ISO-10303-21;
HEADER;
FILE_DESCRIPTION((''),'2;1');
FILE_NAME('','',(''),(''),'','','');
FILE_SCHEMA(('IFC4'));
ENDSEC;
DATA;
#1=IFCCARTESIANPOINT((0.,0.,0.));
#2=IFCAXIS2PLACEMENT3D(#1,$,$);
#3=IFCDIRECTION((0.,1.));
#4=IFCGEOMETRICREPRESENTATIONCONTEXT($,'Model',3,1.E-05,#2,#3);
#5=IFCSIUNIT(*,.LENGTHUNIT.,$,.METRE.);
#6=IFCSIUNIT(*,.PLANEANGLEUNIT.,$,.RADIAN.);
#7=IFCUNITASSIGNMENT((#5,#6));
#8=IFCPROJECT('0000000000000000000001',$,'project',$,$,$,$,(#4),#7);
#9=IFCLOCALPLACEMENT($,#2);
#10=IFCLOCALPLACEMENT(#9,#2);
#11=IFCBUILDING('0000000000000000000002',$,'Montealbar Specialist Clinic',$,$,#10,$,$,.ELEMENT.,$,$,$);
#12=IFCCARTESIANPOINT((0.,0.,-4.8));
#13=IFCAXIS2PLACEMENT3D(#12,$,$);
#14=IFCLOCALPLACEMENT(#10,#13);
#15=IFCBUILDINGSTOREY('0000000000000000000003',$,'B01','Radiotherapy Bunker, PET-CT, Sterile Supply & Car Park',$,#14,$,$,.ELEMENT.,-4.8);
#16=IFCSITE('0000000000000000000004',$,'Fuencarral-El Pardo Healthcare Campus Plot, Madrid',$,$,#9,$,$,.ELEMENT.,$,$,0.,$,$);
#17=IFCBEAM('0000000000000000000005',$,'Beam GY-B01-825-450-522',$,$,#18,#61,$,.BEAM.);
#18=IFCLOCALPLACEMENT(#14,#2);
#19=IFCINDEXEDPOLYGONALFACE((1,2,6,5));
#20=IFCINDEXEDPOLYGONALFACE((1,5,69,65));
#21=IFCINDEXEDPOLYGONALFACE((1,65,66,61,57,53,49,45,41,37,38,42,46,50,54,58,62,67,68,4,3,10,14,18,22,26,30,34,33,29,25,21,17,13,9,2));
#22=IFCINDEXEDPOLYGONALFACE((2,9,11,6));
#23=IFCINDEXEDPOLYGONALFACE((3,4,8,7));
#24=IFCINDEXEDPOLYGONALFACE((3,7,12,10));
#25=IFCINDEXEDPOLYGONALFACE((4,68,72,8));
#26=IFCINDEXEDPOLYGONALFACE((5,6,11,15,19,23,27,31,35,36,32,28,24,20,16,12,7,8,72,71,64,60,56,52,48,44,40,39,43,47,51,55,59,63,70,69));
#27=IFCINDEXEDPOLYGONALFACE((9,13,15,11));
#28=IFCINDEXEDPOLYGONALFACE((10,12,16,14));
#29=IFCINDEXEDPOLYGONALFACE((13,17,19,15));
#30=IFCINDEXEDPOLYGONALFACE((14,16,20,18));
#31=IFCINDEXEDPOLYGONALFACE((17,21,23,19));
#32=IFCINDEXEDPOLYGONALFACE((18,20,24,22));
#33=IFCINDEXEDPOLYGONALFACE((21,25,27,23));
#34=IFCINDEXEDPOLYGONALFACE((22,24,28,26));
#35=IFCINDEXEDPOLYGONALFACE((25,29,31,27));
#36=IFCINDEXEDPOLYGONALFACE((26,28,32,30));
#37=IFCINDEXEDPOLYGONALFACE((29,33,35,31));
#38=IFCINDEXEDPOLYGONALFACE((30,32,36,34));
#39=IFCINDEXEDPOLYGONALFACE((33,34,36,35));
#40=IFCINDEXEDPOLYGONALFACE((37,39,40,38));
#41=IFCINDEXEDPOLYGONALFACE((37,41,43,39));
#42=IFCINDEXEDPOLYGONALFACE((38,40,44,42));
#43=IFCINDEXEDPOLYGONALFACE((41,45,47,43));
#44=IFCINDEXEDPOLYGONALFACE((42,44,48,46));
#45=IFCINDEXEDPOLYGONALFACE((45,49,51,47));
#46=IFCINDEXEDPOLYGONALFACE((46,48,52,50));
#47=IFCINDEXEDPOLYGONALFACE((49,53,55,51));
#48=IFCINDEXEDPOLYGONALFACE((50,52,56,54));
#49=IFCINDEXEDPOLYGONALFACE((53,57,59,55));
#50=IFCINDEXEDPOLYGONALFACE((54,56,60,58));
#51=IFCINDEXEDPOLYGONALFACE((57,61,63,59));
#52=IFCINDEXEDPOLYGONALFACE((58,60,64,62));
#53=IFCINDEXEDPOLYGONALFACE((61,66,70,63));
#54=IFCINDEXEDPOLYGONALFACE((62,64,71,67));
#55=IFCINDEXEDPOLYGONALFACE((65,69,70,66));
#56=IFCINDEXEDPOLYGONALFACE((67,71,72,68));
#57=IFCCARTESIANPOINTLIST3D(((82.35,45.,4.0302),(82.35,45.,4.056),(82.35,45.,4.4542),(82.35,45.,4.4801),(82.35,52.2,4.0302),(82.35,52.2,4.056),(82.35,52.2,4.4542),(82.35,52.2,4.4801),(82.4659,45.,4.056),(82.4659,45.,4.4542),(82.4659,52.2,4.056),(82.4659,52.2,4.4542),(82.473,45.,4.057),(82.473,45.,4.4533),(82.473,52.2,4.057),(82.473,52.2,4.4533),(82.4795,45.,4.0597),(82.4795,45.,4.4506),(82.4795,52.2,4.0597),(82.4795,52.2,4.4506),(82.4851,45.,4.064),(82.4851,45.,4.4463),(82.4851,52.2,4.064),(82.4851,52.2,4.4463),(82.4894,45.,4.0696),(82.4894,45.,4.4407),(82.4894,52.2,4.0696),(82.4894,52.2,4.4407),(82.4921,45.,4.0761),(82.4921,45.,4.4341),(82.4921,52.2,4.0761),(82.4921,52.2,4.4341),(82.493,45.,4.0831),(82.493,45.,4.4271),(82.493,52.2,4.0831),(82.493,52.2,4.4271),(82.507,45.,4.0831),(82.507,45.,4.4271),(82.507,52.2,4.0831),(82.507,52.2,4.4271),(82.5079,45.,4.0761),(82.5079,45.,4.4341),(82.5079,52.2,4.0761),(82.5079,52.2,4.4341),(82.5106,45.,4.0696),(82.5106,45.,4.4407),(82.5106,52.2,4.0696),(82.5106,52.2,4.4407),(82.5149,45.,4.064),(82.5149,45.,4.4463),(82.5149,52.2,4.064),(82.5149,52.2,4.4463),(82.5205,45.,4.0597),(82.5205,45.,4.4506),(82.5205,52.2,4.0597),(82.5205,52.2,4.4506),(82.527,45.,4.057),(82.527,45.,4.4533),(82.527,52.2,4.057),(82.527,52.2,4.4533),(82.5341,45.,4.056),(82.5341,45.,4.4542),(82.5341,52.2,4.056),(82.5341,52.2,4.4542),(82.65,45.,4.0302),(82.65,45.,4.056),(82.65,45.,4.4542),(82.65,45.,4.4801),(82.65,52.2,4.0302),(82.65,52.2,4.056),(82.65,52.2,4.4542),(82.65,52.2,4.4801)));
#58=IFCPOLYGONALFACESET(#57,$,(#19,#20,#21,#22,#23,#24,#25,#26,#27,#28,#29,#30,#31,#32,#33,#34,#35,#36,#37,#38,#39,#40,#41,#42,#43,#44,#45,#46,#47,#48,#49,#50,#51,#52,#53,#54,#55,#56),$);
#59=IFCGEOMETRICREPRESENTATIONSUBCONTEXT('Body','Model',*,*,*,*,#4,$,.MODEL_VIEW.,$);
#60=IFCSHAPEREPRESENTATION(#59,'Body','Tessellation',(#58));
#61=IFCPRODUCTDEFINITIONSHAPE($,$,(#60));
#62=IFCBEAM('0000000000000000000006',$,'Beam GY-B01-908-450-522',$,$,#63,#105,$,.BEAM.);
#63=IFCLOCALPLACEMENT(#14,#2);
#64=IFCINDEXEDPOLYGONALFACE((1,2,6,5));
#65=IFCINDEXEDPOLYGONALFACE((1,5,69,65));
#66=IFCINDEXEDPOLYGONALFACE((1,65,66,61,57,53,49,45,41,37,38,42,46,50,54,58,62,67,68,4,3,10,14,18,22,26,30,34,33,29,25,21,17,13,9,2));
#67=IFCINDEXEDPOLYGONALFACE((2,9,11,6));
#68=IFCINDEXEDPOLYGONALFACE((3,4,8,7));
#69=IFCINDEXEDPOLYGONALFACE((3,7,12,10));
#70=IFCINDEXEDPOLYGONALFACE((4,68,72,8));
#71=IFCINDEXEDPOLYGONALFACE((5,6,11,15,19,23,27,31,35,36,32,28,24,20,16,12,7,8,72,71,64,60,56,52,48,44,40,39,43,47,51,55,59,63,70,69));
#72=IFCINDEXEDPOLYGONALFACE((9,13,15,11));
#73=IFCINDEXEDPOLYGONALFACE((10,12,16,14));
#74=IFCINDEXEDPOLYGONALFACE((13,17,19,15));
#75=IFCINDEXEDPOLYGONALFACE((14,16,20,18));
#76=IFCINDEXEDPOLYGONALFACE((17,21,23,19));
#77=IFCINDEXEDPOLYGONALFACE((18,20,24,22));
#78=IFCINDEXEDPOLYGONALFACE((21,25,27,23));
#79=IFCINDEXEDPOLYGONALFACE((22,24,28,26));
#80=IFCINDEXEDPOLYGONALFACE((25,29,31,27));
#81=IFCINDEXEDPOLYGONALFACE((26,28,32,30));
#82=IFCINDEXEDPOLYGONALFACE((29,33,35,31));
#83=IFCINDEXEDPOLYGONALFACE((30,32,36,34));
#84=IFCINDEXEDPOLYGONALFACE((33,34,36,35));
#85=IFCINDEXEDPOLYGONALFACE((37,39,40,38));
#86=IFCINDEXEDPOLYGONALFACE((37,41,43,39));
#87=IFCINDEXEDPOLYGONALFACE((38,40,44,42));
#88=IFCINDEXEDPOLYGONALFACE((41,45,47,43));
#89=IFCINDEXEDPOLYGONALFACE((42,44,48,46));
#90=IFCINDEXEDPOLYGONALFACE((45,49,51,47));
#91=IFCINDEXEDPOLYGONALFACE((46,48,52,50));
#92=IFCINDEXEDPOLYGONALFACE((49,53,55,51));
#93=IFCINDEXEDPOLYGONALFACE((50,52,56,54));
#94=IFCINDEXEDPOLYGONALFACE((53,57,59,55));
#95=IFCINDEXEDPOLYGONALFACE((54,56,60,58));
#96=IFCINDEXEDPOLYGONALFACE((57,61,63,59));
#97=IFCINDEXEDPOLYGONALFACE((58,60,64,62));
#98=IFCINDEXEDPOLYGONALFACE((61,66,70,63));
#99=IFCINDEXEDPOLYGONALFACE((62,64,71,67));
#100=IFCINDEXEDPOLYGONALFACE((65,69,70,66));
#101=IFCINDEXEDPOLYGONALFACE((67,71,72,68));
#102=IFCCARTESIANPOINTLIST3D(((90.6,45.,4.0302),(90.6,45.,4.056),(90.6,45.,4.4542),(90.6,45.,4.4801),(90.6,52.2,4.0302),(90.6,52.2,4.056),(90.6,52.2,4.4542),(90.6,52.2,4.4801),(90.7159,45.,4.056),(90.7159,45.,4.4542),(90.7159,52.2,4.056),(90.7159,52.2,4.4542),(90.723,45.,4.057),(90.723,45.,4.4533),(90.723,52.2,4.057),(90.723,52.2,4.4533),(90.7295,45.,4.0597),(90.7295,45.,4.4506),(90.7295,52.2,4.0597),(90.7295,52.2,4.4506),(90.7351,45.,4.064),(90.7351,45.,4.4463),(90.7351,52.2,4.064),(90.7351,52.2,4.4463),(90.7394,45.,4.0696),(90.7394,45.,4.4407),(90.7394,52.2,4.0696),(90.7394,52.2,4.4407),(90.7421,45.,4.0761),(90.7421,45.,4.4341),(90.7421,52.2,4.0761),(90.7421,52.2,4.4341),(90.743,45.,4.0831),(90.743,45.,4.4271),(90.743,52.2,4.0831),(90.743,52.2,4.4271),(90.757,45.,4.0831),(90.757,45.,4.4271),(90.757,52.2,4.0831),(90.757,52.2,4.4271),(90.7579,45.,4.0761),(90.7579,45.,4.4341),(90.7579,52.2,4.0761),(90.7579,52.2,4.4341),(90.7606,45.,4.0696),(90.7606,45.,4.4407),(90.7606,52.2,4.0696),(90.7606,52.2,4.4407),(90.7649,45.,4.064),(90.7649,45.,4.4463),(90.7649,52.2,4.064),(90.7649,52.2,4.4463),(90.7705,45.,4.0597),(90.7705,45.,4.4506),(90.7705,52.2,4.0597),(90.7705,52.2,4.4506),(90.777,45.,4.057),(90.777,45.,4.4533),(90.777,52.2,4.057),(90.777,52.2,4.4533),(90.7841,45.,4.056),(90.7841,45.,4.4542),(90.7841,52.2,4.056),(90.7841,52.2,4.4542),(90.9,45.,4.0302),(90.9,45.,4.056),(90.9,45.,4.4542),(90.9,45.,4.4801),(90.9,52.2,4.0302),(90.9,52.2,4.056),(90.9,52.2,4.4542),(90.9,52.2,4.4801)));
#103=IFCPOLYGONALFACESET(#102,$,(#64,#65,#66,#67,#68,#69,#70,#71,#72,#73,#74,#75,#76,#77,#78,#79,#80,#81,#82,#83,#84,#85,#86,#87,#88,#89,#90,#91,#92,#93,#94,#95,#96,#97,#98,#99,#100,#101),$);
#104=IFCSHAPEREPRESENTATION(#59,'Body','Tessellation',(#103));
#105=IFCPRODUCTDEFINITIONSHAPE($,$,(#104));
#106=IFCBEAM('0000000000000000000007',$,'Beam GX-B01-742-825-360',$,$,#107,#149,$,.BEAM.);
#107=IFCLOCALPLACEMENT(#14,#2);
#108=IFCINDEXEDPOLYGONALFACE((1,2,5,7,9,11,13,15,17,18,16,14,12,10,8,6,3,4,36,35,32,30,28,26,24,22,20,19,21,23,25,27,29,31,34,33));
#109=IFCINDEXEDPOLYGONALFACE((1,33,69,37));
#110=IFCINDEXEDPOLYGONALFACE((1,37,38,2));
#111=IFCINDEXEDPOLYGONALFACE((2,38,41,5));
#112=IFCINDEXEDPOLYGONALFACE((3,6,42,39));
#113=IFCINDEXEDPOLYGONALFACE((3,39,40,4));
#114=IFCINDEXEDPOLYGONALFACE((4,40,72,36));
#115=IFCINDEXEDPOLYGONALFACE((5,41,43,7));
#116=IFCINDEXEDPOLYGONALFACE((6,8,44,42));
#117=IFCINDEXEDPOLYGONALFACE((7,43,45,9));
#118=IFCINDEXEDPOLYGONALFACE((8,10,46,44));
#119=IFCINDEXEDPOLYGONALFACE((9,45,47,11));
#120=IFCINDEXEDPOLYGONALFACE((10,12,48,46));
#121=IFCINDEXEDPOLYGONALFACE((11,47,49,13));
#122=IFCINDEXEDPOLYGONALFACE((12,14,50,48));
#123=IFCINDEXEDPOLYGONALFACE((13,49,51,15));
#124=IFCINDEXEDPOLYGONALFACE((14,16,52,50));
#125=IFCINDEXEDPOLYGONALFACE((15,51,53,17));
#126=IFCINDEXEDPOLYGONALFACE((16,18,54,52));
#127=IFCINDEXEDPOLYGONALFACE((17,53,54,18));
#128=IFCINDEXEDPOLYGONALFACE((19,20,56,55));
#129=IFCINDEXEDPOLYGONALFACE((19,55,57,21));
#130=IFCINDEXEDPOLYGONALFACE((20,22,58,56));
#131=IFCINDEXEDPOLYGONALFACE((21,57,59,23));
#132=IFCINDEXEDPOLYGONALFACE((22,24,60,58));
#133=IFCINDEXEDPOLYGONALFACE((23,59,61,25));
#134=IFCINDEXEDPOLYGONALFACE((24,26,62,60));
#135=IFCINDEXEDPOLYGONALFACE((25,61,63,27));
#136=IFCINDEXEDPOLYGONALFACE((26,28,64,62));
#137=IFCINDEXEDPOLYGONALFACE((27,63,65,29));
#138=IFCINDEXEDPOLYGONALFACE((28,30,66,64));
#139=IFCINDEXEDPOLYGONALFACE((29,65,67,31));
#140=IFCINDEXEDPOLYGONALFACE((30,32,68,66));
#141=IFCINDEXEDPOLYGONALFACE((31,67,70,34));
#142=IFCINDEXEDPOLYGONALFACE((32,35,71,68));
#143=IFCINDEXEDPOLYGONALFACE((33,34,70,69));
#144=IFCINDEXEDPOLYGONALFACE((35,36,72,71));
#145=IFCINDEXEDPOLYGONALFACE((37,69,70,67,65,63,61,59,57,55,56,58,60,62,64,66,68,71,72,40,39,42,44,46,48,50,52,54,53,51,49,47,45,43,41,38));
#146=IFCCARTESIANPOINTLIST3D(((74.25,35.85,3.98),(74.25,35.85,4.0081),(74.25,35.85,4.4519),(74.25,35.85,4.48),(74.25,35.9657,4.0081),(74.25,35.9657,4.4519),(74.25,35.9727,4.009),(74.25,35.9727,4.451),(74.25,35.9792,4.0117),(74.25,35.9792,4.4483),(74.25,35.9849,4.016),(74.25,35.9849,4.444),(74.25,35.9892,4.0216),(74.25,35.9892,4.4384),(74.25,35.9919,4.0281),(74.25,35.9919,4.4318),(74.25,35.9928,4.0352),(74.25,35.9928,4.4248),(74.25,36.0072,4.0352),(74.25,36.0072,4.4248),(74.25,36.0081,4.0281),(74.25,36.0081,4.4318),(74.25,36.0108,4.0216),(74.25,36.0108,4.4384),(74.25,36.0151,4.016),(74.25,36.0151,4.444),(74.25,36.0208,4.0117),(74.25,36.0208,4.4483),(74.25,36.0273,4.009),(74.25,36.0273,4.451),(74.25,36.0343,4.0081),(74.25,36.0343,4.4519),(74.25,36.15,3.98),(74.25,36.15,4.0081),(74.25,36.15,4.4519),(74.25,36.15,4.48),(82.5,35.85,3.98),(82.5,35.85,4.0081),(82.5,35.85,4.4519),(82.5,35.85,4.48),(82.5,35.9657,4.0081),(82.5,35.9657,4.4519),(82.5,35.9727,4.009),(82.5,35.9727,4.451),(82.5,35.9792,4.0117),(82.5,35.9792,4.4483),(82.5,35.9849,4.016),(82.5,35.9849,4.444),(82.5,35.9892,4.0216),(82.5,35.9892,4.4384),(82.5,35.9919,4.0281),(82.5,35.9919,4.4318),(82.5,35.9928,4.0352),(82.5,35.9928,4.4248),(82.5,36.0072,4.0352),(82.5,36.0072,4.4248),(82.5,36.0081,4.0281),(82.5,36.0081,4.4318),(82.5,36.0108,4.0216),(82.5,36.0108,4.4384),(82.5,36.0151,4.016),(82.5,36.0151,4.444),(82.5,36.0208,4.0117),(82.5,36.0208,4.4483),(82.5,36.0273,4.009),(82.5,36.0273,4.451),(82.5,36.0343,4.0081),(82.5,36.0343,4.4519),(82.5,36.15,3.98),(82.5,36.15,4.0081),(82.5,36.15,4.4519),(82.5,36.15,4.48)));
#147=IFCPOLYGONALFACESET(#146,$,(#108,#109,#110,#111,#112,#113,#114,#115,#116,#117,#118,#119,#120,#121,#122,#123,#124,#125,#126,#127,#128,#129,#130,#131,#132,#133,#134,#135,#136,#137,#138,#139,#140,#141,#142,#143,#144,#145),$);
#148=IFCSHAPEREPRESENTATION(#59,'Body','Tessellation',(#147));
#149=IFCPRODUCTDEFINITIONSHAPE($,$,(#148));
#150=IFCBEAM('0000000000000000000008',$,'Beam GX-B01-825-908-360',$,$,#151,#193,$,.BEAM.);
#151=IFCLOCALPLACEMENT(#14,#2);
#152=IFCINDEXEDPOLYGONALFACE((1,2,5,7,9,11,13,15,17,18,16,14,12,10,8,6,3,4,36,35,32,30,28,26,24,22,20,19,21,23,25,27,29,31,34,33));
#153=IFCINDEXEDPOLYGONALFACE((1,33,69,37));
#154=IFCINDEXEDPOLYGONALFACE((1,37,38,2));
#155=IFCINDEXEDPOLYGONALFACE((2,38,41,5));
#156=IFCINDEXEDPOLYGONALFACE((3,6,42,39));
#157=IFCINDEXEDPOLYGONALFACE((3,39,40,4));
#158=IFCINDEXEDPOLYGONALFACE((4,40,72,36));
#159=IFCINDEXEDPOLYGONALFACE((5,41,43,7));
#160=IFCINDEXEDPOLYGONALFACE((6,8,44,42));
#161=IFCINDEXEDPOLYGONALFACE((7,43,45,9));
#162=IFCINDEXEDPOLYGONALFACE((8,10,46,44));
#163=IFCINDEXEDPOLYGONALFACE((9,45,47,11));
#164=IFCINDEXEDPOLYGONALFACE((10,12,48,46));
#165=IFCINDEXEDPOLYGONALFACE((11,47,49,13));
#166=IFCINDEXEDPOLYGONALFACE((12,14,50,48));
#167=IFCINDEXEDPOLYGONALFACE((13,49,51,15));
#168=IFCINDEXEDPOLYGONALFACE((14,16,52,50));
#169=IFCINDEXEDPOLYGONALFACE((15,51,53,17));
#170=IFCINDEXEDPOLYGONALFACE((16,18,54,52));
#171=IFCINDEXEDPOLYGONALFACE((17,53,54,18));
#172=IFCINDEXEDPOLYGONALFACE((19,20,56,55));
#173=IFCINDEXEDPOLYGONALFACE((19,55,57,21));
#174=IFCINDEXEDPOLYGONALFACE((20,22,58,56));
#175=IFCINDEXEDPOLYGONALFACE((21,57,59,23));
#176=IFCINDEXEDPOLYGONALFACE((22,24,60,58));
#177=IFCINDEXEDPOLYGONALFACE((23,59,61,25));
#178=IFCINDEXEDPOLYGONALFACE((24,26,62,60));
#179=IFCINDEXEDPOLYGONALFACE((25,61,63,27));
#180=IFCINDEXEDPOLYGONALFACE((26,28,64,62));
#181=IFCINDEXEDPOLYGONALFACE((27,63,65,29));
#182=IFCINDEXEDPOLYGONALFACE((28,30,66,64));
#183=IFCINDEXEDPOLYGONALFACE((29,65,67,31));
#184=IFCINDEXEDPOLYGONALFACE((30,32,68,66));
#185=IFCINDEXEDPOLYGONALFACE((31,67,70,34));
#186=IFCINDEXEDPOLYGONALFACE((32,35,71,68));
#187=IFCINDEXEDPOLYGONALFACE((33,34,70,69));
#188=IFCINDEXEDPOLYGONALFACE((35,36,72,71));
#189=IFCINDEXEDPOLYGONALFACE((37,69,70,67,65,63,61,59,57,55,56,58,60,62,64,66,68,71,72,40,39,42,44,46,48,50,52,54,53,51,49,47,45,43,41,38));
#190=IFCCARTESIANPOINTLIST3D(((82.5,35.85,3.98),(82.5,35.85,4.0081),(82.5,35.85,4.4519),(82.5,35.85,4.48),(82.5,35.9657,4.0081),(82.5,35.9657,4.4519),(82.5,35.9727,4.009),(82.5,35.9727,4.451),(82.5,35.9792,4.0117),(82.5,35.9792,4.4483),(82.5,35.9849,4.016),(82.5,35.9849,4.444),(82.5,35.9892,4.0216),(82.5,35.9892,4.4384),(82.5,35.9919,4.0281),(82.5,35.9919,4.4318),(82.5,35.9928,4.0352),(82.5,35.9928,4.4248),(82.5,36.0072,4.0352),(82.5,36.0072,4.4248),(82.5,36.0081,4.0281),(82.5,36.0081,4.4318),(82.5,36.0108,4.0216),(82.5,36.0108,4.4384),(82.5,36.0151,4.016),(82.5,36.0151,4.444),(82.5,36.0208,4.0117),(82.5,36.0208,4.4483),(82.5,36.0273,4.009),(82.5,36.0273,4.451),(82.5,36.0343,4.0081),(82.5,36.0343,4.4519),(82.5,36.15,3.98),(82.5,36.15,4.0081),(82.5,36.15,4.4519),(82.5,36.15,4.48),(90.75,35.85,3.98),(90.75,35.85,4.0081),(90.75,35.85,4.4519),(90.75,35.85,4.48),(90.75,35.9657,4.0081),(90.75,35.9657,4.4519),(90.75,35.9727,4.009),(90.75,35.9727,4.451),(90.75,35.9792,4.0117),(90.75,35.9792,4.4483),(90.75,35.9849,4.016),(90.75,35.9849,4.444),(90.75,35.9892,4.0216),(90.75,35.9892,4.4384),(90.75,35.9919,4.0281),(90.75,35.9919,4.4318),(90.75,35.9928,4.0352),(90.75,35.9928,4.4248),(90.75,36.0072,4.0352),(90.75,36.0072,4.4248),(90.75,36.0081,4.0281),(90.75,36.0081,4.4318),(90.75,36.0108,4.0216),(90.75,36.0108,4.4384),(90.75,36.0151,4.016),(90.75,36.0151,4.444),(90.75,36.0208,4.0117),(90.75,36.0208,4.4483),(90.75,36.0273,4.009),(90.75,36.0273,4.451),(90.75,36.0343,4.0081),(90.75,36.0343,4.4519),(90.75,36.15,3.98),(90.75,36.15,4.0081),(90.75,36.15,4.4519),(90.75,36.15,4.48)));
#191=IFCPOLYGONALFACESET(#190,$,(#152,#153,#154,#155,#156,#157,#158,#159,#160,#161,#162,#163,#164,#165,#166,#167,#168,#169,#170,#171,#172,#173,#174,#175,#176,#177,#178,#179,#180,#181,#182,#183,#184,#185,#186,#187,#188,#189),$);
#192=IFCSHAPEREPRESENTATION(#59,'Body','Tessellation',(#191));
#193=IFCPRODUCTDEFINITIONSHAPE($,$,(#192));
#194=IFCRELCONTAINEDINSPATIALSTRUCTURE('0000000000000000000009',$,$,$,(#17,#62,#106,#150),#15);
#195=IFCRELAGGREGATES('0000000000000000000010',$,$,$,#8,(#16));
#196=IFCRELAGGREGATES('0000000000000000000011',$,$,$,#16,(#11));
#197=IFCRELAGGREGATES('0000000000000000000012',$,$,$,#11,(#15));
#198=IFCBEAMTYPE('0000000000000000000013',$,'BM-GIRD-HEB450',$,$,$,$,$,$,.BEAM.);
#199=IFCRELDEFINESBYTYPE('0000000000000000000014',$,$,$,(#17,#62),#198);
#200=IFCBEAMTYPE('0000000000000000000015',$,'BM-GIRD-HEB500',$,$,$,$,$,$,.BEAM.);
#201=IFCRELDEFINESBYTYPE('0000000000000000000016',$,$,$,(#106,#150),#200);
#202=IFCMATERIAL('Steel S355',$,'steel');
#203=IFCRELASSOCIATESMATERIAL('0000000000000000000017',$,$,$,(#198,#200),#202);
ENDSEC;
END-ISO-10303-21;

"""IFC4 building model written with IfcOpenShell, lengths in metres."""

from ifc_helpers import new_model, si_unit, direction, frame, origin, origin_2d, place, context, subcontext, project, spatial, i_section, extrude, material, material_profile, profile_set, type_object, element, save


model = new_model("IFC4")

# Units and contexts
model_context = context("Model", 3, precision=1e-05, world=origin(), true_north=direction((0.0, 1.0)))
body_context = subcontext(model_context, "Body", "Model", "MODEL_VIEW")
ifc_project = project(units=[si_unit("LENGTHUNIT", "METRE"), si_unit("PLANEANGLEUNIT", "RADIAN")], contexts=[model_context])

# Site, building, storey
site_placement = place(None, origin())
site = spatial("IfcSite", under=ifc_project, at=site_placement, Name="Fuencarral-El Pardo Healthcare Campus Plot, Madrid", CompositionType="ELEMENT", RefElevation=0.0)
building_placement = place(site_placement, origin())
building = spatial("IfcBuilding", under=site, at=building_placement, Name="Montealbar Specialist Clinic", CompositionType="ELEMENT")
storey_placement = place(building_placement, frame((0.0, 0.0, -4.8)))
storey = spatial("IfcBuildingStorey", under=building, at=storey_placement, Name="B01", Description="Radiotherapy Bunker, PET-CT, Sterile Supply & Car Park", CompositionType="ELEMENT", Elevation=-4.8)

# Shared definitions
ifc_material_1 = material(Name="Steel S355", Category="steel")

# Beams
ifc_material_profile_1 = material_profile(ifc_material_1, i_section(OverallWidth=0.3, OverallDepth=0.45, WebThickness=0.0139, FlangeThickness=0.0259, FilletRadius=0.0271, at=origin_2d()), Name="HEB 450", Category="steel")
ifc_profile_set_1 = profile_set([ifc_material_profile_1], Name="Steel S355")
beam_type_1 = type_object("IfcBeamType", Name="BM-GIRD-HEB450", PredefinedType="BEAM", material=ifc_profile_set_1)
for number, where, z_axis, x_axis, name in (
    (1, (82.5, 45.0, 4.2551), (0.0, 1.0, 0.0), (-1.0, 0.0, 0.0), "Beam GY-B01-825-450-522"),
    (2, (90.75, 45.0, 4.2551), (0.0, 1.0, 0.0), (-1.0, 0.0, 0.0), "Beam GY-B01-908-450-522"),
):
    element("IfcBeam", number, at=place(storey_placement, frame(where, z_axis=z_axis, x_axis=x_axis)), inside=storey, type_object=beam_type_1, Name=name, PredefinedType="BEAM", context=body_context, shape_type="SweptSolid", body=[
        extrude(i_section(OverallWidth=0.3, OverallDepth=0.45, WebThickness=0.0139, FlangeThickness=0.0259, FilletRadius=0.0271, at=origin_2d()), origin(), (0.0, 0.0, 1.0), 7.2),
    ])
ifc_material_profile_2 = material_profile(ifc_material_1, i_section(OverallWidth=0.3, OverallDepth=0.5, WebThickness=0.0144, FlangeThickness=0.0281, FilletRadius=0.0271, at=origin_2d()), Name="HEB 500", Category="steel")
ifc_profile_set_2 = profile_set([ifc_material_profile_2], Name="Steel S355")
beam_type_2 = type_object("IfcBeamType", Name="BM-GIRD-HEB500", PredefinedType="BEAM", material=ifc_profile_set_2)
for number, where, z_axis, x_axis, name in (
    (3, (74.25, 36.0, 4.23), (1.0, 0.0, 0.0), (0.0, 1.0, 0.0), "Beam GX-B01-742-825-360"),
    (4, (82.5, 36.0, 4.23), (1.0, 0.0, 0.0), (0.0, 1.0, 0.0), "Beam GX-B01-825-908-360"),
):
    element("IfcBeam", number, at=place(storey_placement, frame(where, z_axis=z_axis, x_axis=x_axis)), inside=storey, type_object=beam_type_2, Name=name, PredefinedType="BEAM", context=body_context, shape_type="SweptSolid", body=[
        extrude(i_section(OverallWidth=0.3, OverallDepth=0.5, WebThickness=0.0144, FlangeThickness=0.0281, FilletRadius=0.0271, at=origin_2d()), origin(), (0.0, 0.0, 1.0), 8.25),
    ])

save(model, "model.ifc")
